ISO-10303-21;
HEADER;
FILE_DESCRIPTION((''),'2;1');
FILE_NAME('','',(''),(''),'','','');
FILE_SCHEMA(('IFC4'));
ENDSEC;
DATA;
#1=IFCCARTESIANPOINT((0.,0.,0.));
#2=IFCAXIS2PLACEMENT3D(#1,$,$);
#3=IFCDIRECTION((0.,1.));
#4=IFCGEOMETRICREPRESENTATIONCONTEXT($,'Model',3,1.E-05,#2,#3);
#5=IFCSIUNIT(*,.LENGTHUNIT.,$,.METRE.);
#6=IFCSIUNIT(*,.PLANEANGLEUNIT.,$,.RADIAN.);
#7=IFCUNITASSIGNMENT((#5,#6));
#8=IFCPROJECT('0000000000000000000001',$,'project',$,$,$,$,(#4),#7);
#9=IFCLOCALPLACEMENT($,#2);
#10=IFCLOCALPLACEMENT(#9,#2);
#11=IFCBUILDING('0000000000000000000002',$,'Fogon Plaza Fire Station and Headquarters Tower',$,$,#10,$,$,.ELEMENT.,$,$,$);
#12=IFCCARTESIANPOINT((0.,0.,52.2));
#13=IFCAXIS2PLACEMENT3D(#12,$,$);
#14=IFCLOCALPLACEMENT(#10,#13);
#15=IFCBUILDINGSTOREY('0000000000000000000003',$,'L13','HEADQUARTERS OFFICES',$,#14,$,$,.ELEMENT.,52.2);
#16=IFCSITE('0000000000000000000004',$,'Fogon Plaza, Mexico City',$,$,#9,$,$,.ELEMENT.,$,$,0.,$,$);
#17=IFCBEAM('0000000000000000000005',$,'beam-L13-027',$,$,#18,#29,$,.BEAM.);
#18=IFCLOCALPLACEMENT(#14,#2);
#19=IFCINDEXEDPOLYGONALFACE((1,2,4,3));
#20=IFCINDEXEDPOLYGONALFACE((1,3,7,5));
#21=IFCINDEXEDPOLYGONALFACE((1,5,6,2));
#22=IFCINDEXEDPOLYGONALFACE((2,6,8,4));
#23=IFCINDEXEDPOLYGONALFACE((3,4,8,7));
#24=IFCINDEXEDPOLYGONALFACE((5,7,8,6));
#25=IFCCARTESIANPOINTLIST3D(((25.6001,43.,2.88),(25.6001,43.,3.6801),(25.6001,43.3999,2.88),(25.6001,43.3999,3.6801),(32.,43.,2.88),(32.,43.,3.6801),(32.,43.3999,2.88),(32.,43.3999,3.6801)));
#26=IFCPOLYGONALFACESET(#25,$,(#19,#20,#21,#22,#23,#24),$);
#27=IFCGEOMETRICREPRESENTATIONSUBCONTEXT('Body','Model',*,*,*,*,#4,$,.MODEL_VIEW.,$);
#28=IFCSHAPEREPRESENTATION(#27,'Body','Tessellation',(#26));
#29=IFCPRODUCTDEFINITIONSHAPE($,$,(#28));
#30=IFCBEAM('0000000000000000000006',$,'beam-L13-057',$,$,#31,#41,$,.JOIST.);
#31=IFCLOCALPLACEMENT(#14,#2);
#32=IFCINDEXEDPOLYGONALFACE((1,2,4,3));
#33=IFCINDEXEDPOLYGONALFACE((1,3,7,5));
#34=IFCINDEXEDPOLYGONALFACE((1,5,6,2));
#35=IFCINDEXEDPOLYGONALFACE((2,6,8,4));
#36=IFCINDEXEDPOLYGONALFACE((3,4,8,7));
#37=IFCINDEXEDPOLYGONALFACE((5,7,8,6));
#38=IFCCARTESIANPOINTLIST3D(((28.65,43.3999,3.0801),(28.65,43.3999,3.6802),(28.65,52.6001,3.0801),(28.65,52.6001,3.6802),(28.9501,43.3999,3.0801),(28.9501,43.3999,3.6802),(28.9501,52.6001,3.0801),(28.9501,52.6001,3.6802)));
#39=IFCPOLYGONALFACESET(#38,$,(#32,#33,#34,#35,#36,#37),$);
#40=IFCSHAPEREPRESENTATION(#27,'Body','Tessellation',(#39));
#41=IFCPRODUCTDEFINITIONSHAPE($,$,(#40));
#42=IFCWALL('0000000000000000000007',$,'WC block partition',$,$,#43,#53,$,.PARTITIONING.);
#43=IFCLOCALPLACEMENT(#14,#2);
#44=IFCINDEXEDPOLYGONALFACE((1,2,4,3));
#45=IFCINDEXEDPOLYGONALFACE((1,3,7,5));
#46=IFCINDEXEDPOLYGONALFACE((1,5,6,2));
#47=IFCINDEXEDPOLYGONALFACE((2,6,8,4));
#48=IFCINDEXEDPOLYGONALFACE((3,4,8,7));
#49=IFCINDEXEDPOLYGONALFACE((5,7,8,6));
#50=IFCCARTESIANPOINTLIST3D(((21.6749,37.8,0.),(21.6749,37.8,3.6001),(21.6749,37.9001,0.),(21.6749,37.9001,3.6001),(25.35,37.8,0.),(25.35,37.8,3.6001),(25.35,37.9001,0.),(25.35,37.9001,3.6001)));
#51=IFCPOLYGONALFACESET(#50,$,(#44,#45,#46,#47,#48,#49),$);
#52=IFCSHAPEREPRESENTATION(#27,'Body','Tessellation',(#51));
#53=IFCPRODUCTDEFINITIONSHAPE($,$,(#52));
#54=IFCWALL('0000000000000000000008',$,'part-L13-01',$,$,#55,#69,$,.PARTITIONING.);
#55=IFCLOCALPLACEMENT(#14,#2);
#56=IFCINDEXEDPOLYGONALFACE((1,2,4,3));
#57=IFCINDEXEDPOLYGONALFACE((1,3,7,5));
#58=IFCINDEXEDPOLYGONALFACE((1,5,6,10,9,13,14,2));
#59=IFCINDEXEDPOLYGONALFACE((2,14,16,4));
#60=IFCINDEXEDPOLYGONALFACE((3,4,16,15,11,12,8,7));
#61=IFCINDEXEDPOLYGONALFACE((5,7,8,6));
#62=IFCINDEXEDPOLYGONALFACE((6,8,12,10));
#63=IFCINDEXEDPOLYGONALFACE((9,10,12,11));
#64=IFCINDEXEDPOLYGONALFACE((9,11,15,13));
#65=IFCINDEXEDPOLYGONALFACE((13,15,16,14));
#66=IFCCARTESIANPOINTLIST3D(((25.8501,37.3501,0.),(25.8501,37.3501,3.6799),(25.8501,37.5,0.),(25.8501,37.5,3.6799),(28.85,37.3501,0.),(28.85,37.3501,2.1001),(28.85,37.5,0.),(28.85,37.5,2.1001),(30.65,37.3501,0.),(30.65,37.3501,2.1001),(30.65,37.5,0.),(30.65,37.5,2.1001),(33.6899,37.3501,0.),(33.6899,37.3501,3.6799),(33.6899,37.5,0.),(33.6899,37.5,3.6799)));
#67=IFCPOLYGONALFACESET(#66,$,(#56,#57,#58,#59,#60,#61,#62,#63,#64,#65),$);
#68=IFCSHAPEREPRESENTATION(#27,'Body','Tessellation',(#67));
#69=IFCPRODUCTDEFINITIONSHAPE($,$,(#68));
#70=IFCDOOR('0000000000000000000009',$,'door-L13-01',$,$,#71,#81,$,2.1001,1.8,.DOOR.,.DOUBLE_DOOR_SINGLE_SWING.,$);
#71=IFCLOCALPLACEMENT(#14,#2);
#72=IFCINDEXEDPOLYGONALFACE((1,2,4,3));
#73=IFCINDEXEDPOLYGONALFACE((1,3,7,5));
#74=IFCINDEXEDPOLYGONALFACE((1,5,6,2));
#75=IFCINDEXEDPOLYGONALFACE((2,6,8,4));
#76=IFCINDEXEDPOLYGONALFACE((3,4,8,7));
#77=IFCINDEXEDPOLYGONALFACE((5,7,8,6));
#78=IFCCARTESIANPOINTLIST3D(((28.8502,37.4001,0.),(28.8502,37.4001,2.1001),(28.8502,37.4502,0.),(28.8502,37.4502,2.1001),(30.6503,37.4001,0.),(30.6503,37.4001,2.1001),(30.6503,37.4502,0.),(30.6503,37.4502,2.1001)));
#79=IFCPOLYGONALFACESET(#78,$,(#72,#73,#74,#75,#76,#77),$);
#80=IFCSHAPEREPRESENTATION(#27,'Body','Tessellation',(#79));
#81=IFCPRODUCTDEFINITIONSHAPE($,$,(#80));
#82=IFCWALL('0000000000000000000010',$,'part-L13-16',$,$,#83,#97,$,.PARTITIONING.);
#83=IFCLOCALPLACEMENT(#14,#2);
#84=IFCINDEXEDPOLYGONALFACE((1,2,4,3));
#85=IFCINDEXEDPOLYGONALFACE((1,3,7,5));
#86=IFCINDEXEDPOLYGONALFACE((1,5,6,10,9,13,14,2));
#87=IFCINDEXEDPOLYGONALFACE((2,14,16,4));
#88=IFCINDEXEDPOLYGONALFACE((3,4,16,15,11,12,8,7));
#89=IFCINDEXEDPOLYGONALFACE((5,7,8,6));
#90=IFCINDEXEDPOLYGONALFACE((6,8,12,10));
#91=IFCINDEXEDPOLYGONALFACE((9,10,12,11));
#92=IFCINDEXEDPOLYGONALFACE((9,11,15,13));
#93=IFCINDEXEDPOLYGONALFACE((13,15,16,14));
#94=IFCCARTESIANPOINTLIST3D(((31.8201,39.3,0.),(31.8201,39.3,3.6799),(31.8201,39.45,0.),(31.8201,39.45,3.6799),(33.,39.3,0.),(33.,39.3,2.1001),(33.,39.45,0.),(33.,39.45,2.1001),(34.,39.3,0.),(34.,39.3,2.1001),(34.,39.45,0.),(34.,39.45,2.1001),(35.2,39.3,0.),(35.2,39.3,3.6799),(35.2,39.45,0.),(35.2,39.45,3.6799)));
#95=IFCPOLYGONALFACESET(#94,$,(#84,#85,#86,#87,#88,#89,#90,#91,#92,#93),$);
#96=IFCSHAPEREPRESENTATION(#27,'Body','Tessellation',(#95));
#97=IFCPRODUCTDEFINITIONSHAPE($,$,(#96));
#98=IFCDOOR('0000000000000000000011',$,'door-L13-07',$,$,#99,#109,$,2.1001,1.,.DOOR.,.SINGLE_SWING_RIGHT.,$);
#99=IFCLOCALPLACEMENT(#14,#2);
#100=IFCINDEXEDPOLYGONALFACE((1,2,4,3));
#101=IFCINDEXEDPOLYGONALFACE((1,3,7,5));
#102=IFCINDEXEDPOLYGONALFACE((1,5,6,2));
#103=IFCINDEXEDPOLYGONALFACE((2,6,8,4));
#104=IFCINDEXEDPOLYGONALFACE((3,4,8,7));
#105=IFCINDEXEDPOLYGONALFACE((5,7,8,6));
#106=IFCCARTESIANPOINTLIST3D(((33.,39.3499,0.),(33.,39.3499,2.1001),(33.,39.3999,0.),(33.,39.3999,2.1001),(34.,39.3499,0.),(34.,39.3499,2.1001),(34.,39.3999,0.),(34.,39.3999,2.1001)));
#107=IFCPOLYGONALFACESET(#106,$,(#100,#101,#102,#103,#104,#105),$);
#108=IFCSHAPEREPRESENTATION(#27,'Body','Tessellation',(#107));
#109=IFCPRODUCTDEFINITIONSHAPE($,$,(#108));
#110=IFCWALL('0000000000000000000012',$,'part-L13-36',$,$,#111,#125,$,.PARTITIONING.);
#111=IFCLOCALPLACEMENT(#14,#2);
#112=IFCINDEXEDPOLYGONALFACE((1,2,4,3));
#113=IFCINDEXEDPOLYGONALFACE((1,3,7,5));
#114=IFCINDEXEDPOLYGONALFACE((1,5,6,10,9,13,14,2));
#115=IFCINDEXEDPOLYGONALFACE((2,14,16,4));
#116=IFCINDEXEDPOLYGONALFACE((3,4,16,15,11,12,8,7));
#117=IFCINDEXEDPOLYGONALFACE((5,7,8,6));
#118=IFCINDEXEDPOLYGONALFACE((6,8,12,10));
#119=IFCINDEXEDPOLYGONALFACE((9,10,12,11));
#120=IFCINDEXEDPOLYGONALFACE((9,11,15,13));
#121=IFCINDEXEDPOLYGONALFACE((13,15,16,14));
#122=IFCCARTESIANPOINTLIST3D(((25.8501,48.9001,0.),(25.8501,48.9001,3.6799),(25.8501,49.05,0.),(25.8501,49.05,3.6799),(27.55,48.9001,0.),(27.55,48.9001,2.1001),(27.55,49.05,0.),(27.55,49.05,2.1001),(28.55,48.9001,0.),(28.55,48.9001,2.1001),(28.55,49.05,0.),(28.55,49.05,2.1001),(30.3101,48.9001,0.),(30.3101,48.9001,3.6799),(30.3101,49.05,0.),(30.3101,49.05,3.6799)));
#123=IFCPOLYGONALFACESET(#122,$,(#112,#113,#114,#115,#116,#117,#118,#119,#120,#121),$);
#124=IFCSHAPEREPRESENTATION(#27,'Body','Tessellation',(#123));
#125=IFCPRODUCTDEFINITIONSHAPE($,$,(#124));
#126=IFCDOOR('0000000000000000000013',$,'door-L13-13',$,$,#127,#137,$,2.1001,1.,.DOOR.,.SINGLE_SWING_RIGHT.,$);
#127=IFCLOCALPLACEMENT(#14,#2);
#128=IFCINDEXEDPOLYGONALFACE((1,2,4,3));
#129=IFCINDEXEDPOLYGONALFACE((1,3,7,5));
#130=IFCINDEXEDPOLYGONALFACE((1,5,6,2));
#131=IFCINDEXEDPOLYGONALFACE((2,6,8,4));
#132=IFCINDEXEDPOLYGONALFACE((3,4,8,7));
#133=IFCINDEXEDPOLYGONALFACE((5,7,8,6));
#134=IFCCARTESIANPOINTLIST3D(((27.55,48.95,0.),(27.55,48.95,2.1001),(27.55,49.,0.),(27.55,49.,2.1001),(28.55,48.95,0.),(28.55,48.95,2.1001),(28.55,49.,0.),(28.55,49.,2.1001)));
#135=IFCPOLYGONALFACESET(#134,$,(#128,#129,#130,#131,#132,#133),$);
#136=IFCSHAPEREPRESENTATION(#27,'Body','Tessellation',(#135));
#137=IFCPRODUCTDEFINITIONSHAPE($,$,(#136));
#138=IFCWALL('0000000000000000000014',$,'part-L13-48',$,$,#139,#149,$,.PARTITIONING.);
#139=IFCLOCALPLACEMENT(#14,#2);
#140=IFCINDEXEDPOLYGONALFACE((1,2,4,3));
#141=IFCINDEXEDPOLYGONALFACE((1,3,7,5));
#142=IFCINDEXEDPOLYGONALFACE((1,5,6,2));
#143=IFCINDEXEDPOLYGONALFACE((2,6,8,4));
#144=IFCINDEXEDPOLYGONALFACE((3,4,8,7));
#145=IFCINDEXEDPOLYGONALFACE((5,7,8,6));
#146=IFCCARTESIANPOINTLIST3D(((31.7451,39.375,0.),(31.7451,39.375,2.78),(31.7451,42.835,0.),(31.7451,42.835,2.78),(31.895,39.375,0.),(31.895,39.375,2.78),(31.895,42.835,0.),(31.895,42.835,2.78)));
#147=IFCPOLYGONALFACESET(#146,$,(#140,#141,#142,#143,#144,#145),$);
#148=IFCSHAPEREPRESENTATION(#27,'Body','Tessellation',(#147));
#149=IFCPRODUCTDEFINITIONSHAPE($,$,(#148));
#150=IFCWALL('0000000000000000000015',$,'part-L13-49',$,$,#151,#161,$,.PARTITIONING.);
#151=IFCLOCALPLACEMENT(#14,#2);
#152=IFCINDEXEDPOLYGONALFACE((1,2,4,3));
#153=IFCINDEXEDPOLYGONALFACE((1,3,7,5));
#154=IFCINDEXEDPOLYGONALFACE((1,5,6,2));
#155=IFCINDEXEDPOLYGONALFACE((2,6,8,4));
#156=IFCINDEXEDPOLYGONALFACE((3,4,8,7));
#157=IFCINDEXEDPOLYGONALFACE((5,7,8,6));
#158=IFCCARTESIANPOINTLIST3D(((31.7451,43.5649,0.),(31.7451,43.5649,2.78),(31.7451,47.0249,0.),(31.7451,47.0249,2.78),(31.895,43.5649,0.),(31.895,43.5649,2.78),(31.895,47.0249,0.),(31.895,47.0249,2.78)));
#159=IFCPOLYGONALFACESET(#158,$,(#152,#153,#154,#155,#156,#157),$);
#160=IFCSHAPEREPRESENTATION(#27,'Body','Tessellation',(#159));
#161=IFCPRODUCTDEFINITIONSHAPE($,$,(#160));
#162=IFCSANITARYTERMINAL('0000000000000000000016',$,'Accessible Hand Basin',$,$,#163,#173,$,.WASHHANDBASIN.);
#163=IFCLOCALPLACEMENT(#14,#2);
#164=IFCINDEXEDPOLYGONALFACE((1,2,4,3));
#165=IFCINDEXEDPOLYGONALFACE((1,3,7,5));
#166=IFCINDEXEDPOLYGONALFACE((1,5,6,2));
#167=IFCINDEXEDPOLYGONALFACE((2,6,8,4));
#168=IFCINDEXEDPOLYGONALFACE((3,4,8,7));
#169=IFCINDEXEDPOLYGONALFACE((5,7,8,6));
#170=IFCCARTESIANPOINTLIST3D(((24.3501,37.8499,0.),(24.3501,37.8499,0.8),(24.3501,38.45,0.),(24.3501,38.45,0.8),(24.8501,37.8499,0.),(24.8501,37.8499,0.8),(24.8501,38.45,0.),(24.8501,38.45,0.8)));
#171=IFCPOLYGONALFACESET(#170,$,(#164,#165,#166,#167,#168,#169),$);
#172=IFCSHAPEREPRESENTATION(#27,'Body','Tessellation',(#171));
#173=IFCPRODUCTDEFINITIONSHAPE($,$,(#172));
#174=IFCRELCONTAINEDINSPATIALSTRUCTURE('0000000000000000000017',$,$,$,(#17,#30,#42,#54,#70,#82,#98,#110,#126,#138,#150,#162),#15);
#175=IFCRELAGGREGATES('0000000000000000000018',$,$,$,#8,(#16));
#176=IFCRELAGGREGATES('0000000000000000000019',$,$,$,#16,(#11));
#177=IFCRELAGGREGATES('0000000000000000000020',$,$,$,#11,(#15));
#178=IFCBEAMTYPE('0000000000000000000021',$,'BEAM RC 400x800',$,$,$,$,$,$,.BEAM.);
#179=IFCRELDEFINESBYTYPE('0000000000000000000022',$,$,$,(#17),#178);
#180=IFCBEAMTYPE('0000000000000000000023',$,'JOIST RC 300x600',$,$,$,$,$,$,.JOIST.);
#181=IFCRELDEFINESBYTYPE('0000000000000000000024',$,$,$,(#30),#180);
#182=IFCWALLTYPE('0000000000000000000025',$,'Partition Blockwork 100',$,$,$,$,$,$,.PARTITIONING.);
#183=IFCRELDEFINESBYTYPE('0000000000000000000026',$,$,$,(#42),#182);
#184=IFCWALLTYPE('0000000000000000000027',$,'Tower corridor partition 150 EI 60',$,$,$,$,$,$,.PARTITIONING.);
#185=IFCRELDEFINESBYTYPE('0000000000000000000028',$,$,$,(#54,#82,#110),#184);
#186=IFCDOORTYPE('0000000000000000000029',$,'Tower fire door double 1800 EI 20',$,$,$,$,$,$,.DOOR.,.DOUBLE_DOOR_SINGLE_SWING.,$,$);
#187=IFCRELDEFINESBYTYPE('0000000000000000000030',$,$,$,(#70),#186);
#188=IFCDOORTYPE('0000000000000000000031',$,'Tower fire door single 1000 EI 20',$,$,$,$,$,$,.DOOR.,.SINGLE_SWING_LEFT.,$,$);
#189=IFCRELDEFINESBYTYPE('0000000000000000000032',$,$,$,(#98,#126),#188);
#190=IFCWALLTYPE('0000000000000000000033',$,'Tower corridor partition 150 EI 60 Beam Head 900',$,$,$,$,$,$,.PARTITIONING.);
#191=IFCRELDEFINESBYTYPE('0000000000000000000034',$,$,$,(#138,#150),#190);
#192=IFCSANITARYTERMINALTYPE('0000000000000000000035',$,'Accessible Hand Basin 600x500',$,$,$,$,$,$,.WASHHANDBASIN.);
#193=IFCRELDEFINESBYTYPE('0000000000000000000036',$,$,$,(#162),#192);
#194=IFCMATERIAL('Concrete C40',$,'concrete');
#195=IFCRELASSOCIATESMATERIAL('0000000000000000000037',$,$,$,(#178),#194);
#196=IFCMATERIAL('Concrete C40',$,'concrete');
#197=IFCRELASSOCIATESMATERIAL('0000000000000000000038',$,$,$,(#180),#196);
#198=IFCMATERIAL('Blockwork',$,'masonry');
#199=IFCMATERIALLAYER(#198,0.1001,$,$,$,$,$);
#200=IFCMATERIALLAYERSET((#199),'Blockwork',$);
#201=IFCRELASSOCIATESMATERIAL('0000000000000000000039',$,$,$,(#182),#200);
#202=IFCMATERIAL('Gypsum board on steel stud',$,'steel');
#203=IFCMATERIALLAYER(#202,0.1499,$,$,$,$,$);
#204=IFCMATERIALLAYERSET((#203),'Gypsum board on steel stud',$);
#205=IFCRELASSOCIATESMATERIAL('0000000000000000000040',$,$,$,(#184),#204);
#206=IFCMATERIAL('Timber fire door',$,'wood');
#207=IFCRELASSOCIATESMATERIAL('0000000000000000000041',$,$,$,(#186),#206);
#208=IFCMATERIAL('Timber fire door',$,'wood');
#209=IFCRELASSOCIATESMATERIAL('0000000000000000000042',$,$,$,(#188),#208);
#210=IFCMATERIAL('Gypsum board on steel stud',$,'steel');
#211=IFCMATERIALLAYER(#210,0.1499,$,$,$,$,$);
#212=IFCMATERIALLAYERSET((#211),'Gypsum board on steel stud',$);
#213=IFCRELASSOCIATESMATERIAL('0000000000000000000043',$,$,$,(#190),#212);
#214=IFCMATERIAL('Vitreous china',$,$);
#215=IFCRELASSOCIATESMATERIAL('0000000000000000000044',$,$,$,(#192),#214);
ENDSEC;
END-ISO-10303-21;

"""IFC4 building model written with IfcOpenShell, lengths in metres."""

from ifc_helpers import new_model, si_unit, direction, frame, frame_2d, origin, origin_2d, place, context, subcontext, project, spatial, rectangle, extrude, material, layer, layer_set, material_profile, profile_set, type_object, element, fill, save


model = new_model("IFC4")

# Units and contexts
model_context = context("Model", 3, precision=1e-05, world=origin(), true_north=direction((0.0, 1.0)))
body_context = subcontext(model_context, "Body", "Model", "MODEL_VIEW")
ifc_project = project(units=[si_unit("LENGTHUNIT", "METRE"), si_unit("PLANEANGLEUNIT", "RADIAN")], contexts=[model_context])

# Site, building, storey
site_placement = place(None, origin())
site = spatial("IfcSite", under=ifc_project, at=site_placement, Name="Fogon Plaza, Mexico City", CompositionType="ELEMENT", RefElevation=0.0)
building_placement = place(site_placement, origin())
building = spatial("IfcBuilding", under=site, at=building_placement, Name="Fogon Plaza Fire Station and Headquarters Tower", CompositionType="ELEMENT")
storey_placement = place(building_placement, frame((0.0, 0.0, 52.2)))
storey = spatial("IfcBuildingStorey", under=building, at=storey_placement, Name="L13", Description="HEADQUARTERS OFFICES", CompositionType="ELEMENT", Elevation=52.2)

# Beams
ifc_material_1 = material(Name="Concrete C40", Category="concrete")
ifc_material_profile_1 = material_profile(ifc_material_1, rectangle(XDim=0.3999, YDim=0.8, at=origin_2d()), Name="RC 400x800")
ifc_profile_set_1 = profile_set([ifc_material_profile_1], Name="Concrete C40")
beam_type_1 = type_object("IfcBeamType", Name="BEAM RC 400x800", PredefinedType="BEAM", material=ifc_profile_set_1)
beam_1_placement = place(storey_placement, frame((25.6001, 43.2, 3.28), z_axis=(1.0, 0.0, 0.0), x_axis=(0.0, 1.0, 0.0)))
element("IfcBeam", 1, at=beam_1_placement, inside=storey, type_object=beam_type_1, Name="beam-L13-027", PredefinedType="BEAM", context=body_context, shape_type="SweptSolid", body=[
    extrude(rectangle(XDim=0.3999, YDim=0.8, at=origin_2d()), origin(), (0.0, 0.0, 1.0), 6.3999),
])
ifc_material_2 = material(Name="Concrete C40", Category="concrete")
ifc_material_profile_2 = material_profile(ifc_material_2, rectangle(XDim=0.3, YDim=0.6001, at=origin_2d()), Name="RC 300x600")
ifc_profile_set_2 = profile_set([ifc_material_profile_2], Name="Concrete C40")
beam_type_2 = type_object("IfcBeamType", Name="JOIST RC 300x600", PredefinedType="JOIST", material=ifc_profile_set_2)
beam_2_placement = place(storey_placement, frame((28.8, 43.3999, 3.3801), z_axis=(0.0, 1.0, 0.0), x_axis=(-1.0, 0.0, 0.0)))
element("IfcBeam", 2, at=beam_2_placement, inside=storey, type_object=beam_type_2, Name="beam-L13-057", PredefinedType="JOIST", context=body_context, shape_type="SweptSolid", body=[
    extrude(rectangle(XDim=0.3, YDim=0.6001, at=origin_2d()), origin(), (0.0, 0.0, 1.0), 9.2002),
])

# Wall
ifc_material_3 = material(Name="Blockwork", Category="masonry")
ifc_layer_1 = layer(ifc_material_3, 0.1001)
ifc_layer_set_1 = layer_set([ifc_layer_1], Name="Blockwork")
wall_type_1 = type_object("IfcWallType", Name="Partition Blockwork 100", PredefinedType="PARTITIONING", material=ifc_layer_set_1)
wall_1_placement = place(storey_placement, frame((21.675, 37.8501, 0.0), z_axis=(0.0, 0.0, 1.0), x_axis=(1.0, 0.0, 0.0)))
element("IfcWall", 3, at=wall_1_placement, inside=storey, type_object=wall_type_1, Name="WC block partition", PredefinedType="PARTITIONING", context=body_context, shape_type="SweptSolid", body=[
    extrude(rectangle(XDim=3.675, YDim=0.1001, at=frame_2d((1.8374, 0.0))), origin(), (0.0, 0.0, 1.0), 3.6001),
])

# Walls, openings, doors
ifc_material_4 = material(Name="Gypsum board on steel stud", Category="steel")
ifc_layer_2 = layer(ifc_material_4, 0.1499)
ifc_layer_set_2 = layer_set([ifc_layer_2], Name="Gypsum board on steel stud")
wall_type_2 = type_object("IfcWallType", Name="Tower corridor partition 150 EI 60", PredefinedType="PARTITIONING", material=ifc_layer_set_2)
wall_2_placement = place(storey_placement, frame((25.8501, 37.425, 0.0), z_axis=(0.0, 0.0, 1.0), x_axis=(1.0, 0.0, 0.0)))
wall_2 = element("IfcWall", 4, at=wall_2_placement, inside=storey, type_object=wall_type_2, Name="part-L13-01", PredefinedType="PARTITIONING", context=body_context, shape_type="SweptSolid", body=[
    extrude(rectangle(XDim=7.8398, YDim=0.1499, at=frame_2d((3.9199, 0.0))), origin(), (0.0, 0.0, 1.0), 3.6799),
])
opening_1_placement = place(wall_2_placement, frame((3.0, 0.0, 0.0)))
opening_1 = element("IfcOpeningElement", 5, at=opening_1_placement, cuts=wall_2, PredefinedType="OPENING", context=body_context, shape_type="SweptSolid", body=[
    extrude(rectangle(XDim=1.8, YDim=2.1001, at=frame_2d((0.8999, 1.05))), frame((0.0, 0.085, 0.0), z_axis=(0.0, -1.0, 0.0), x_axis=(1.0, 0.0, 0.0)), (0.0, 0.0, 1.0), 0.1699),
])
ifc_material_5 = material(Name="Timber fire door", Category="wood")
door_type_1 = type_object("IfcDoorType", Name="Tower fire door double 1800 EI 20", OperationType="DOUBLE_DOOR_SINGLE_SWING", PredefinedType="DOOR", material=ifc_material_5)
door_1_placement = place(opening_1_placement, frame((1.8, 0.0, 0.0), z_axis=(0.0, 0.0, 1.0), x_axis=(-1.0, 0.0, 0.0)))
door_1 = element("IfcDoor", 6, at=door_1_placement, inside=storey, type_object=door_type_1, Name="door-L13-01", OperationType="DOUBLE_DOOR_SINGLE_SWING", OverallHeight=2.1001, OverallWidth=1.8, PredefinedType="DOOR", context=body_context, shape_type="SweptSolid", body=[
    extrude(rectangle(XDim=1.8, YDim=2.1001, at=frame_2d((0.8999, 1.05))), frame((0.0, 0.0249, 0.0), z_axis=(0.0, -1.0, 0.0), x_axis=(1.0, 0.0, 0.0)), (0.0, 0.0, 1.0), 0.05),
])
fill(opening_1, door_1)
wall_3_placement = place(storey_placement, frame((31.8201, 39.375, 0.0), z_axis=(0.0, 0.0, 1.0), x_axis=(1.0, 0.0, 0.0)))
wall_3 = element("IfcWall", 7, at=wall_3_placement, inside=storey, type_object=wall_type_2, Name="part-L13-16", PredefinedType="PARTITIONING", context=body_context, shape_type="SweptSolid", body=[
    extrude(rectangle(XDim=3.3799, YDim=0.1499, at=frame_2d((1.6899, 0.0))), origin(), (0.0, 0.0, 1.0), 3.6799),
])
opening_2_placement = place(wall_3_placement, frame((1.1799, 0.0, 0.0)))
opening_2 = element("IfcOpeningElement", 8, at=opening_2_placement, cuts=wall_3, PredefinedType="OPENING", context=body_context, shape_type="SweptSolid", body=[
    extrude(rectangle(XDim=1.0, YDim=2.1001, at=frame_2d((0.5, 1.05))), frame((0.0, 0.085, 0.0), z_axis=(0.0, -1.0, 0.0), x_axis=(1.0, 0.0, 0.0)), (0.0, 0.0, 1.0), 0.1699),
])
ifc_material_6 = material(Name="Timber fire door", Category="wood")
door_type_2 = type_object("IfcDoorType", Name="Tower fire door single 1000 EI 20", OperationType="SINGLE_SWING_LEFT", PredefinedType="DOOR", material=ifc_material_6)
door_2_placement = place(opening_2_placement, origin())
door_2 = element("IfcDoor", 9, at=door_2_placement, inside=storey, type_object=door_type_2, Name="door-L13-07", OperationType="SINGLE_SWING_RIGHT", OverallHeight=2.1001, OverallWidth=1.0, PredefinedType="DOOR", context=body_context, shape_type="SweptSolid", body=[
    extrude(rectangle(XDim=1.0, YDim=2.1001, at=frame_2d((0.5, 1.05))), frame((0.0, 0.0249, 0.0), z_axis=(0.0, -1.0, 0.0), x_axis=(1.0, 0.0, 0.0)), (0.0, 0.0, 1.0), 0.05),
])
fill(opening_2, door_2)
wall_4_placement = place(storey_placement, frame((25.8501, 48.9751, 0.0), z_axis=(0.0, 0.0, 1.0), x_axis=(1.0, 0.0, 0.0)))
wall_4 = element("IfcWall", 10, at=wall_4_placement, inside=storey, type_object=wall_type_2, Name="part-L13-36", PredefinedType="PARTITIONING", context=body_context, shape_type="SweptSolid", body=[
    extrude(rectangle(XDim=4.46, YDim=0.1499, at=frame_2d((2.23, 0.0))), origin(), (0.0, 0.0, 1.0), 3.6799),
])
opening_3_placement = place(wall_4_placement, frame((1.7, 0.0, 0.0)))
opening_3 = element("IfcOpeningElement", 11, at=opening_3_placement, cuts=wall_4, PredefinedType="OPENING", context=body_context, shape_type="SweptSolid", body=[
    extrude(rectangle(XDim=1.0, YDim=2.1001, at=frame_2d((0.5, 1.05))), frame((0.0, 0.085, 0.0), z_axis=(0.0, -1.0, 0.0), x_axis=(1.0, 0.0, 0.0)), (0.0, 0.0, 1.0), 0.1699),
])
door_3_placement = place(opening_3_placement, origin())
door_3 = element("IfcDoor", 12, at=door_3_placement, inside=storey, type_object=door_type_2, Name="door-L13-13", OperationType="SINGLE_SWING_RIGHT", OverallHeight=2.1001, OverallWidth=1.0, PredefinedType="DOOR", context=body_context, shape_type="SweptSolid", body=[
    extrude(rectangle(XDim=1.0, YDim=2.1001, at=frame_2d((0.5, 1.05))), frame((0.0, 0.0249, 0.0), z_axis=(0.0, -1.0, 0.0), x_axis=(1.0, 0.0, 0.0)), (0.0, 0.0, 1.0), 0.05),
])
fill(opening_3, door_3)

# Walls
ifc_material_7 = material(Name="Gypsum board on steel stud", Category="steel")
ifc_layer_3 = layer(ifc_material_7, 0.1499)
ifc_layer_set_3 = layer_set([ifc_layer_3], Name="Gypsum board on steel stud")
wall_type_3 = type_object("IfcWallType", Name="Tower corridor partition 150 EI 60 Beam Head 900", PredefinedType="PARTITIONING", material=ifc_layer_set_3)
for number, where, z_axis, x_axis, name in (
    (13, (31.8201, 39.375, 0.0), (0.0, 0.0, 1.0), (0.0, 1.0, 0.0), "part-L13-48"),
    (14, (31.8201, 43.5649, 0.0), (0.0, 0.0, 1.0), (0.0, 1.0, 0.0), "part-L13-49"),
):
    element("IfcWall", number, at=place(storey_placement, frame(where, z_axis=z_axis, x_axis=x_axis)), inside=storey, type_object=wall_type_3, Name=name, PredefinedType="PARTITIONING", context=body_context, shape_type="SweptSolid", body=[
        extrude(rectangle(XDim=3.46, YDim=0.1499, at=frame_2d((1.73, 0.0))), origin(), (0.0, 0.0, 1.0), 2.78),
    ])

# Sanitary terminal
ifc_material_8 = material(Name="Vitreous china")
sanitary_terminal_type_1 = type_object("IfcSanitaryTerminalType", Name="Accessible Hand Basin 600x500", PredefinedType="WASHHANDBASIN", material=ifc_material_8)
sanitary_terminal_1_placement = place(storey_placement, frame((24.6001, 38.1499, 0.0), z_axis=(0.0, 0.0, 1.0), x_axis=(1.0, 0.0, 0.0)))
element("IfcSanitaryTerminal", 15, at=sanitary_terminal_1_placement, inside=storey, type_object=sanitary_terminal_type_1, Name="Accessible Hand Basin", PredefinedType="WASHHANDBASIN", context=body_context, shape_type="SweptSolid", body=[
    extrude(rectangle(XDim=0.5, YDim=0.6001, at=origin_2d()), origin(), (0.0, 0.0, 1.0), 0.8),
])

save(model, "model.ifc")
